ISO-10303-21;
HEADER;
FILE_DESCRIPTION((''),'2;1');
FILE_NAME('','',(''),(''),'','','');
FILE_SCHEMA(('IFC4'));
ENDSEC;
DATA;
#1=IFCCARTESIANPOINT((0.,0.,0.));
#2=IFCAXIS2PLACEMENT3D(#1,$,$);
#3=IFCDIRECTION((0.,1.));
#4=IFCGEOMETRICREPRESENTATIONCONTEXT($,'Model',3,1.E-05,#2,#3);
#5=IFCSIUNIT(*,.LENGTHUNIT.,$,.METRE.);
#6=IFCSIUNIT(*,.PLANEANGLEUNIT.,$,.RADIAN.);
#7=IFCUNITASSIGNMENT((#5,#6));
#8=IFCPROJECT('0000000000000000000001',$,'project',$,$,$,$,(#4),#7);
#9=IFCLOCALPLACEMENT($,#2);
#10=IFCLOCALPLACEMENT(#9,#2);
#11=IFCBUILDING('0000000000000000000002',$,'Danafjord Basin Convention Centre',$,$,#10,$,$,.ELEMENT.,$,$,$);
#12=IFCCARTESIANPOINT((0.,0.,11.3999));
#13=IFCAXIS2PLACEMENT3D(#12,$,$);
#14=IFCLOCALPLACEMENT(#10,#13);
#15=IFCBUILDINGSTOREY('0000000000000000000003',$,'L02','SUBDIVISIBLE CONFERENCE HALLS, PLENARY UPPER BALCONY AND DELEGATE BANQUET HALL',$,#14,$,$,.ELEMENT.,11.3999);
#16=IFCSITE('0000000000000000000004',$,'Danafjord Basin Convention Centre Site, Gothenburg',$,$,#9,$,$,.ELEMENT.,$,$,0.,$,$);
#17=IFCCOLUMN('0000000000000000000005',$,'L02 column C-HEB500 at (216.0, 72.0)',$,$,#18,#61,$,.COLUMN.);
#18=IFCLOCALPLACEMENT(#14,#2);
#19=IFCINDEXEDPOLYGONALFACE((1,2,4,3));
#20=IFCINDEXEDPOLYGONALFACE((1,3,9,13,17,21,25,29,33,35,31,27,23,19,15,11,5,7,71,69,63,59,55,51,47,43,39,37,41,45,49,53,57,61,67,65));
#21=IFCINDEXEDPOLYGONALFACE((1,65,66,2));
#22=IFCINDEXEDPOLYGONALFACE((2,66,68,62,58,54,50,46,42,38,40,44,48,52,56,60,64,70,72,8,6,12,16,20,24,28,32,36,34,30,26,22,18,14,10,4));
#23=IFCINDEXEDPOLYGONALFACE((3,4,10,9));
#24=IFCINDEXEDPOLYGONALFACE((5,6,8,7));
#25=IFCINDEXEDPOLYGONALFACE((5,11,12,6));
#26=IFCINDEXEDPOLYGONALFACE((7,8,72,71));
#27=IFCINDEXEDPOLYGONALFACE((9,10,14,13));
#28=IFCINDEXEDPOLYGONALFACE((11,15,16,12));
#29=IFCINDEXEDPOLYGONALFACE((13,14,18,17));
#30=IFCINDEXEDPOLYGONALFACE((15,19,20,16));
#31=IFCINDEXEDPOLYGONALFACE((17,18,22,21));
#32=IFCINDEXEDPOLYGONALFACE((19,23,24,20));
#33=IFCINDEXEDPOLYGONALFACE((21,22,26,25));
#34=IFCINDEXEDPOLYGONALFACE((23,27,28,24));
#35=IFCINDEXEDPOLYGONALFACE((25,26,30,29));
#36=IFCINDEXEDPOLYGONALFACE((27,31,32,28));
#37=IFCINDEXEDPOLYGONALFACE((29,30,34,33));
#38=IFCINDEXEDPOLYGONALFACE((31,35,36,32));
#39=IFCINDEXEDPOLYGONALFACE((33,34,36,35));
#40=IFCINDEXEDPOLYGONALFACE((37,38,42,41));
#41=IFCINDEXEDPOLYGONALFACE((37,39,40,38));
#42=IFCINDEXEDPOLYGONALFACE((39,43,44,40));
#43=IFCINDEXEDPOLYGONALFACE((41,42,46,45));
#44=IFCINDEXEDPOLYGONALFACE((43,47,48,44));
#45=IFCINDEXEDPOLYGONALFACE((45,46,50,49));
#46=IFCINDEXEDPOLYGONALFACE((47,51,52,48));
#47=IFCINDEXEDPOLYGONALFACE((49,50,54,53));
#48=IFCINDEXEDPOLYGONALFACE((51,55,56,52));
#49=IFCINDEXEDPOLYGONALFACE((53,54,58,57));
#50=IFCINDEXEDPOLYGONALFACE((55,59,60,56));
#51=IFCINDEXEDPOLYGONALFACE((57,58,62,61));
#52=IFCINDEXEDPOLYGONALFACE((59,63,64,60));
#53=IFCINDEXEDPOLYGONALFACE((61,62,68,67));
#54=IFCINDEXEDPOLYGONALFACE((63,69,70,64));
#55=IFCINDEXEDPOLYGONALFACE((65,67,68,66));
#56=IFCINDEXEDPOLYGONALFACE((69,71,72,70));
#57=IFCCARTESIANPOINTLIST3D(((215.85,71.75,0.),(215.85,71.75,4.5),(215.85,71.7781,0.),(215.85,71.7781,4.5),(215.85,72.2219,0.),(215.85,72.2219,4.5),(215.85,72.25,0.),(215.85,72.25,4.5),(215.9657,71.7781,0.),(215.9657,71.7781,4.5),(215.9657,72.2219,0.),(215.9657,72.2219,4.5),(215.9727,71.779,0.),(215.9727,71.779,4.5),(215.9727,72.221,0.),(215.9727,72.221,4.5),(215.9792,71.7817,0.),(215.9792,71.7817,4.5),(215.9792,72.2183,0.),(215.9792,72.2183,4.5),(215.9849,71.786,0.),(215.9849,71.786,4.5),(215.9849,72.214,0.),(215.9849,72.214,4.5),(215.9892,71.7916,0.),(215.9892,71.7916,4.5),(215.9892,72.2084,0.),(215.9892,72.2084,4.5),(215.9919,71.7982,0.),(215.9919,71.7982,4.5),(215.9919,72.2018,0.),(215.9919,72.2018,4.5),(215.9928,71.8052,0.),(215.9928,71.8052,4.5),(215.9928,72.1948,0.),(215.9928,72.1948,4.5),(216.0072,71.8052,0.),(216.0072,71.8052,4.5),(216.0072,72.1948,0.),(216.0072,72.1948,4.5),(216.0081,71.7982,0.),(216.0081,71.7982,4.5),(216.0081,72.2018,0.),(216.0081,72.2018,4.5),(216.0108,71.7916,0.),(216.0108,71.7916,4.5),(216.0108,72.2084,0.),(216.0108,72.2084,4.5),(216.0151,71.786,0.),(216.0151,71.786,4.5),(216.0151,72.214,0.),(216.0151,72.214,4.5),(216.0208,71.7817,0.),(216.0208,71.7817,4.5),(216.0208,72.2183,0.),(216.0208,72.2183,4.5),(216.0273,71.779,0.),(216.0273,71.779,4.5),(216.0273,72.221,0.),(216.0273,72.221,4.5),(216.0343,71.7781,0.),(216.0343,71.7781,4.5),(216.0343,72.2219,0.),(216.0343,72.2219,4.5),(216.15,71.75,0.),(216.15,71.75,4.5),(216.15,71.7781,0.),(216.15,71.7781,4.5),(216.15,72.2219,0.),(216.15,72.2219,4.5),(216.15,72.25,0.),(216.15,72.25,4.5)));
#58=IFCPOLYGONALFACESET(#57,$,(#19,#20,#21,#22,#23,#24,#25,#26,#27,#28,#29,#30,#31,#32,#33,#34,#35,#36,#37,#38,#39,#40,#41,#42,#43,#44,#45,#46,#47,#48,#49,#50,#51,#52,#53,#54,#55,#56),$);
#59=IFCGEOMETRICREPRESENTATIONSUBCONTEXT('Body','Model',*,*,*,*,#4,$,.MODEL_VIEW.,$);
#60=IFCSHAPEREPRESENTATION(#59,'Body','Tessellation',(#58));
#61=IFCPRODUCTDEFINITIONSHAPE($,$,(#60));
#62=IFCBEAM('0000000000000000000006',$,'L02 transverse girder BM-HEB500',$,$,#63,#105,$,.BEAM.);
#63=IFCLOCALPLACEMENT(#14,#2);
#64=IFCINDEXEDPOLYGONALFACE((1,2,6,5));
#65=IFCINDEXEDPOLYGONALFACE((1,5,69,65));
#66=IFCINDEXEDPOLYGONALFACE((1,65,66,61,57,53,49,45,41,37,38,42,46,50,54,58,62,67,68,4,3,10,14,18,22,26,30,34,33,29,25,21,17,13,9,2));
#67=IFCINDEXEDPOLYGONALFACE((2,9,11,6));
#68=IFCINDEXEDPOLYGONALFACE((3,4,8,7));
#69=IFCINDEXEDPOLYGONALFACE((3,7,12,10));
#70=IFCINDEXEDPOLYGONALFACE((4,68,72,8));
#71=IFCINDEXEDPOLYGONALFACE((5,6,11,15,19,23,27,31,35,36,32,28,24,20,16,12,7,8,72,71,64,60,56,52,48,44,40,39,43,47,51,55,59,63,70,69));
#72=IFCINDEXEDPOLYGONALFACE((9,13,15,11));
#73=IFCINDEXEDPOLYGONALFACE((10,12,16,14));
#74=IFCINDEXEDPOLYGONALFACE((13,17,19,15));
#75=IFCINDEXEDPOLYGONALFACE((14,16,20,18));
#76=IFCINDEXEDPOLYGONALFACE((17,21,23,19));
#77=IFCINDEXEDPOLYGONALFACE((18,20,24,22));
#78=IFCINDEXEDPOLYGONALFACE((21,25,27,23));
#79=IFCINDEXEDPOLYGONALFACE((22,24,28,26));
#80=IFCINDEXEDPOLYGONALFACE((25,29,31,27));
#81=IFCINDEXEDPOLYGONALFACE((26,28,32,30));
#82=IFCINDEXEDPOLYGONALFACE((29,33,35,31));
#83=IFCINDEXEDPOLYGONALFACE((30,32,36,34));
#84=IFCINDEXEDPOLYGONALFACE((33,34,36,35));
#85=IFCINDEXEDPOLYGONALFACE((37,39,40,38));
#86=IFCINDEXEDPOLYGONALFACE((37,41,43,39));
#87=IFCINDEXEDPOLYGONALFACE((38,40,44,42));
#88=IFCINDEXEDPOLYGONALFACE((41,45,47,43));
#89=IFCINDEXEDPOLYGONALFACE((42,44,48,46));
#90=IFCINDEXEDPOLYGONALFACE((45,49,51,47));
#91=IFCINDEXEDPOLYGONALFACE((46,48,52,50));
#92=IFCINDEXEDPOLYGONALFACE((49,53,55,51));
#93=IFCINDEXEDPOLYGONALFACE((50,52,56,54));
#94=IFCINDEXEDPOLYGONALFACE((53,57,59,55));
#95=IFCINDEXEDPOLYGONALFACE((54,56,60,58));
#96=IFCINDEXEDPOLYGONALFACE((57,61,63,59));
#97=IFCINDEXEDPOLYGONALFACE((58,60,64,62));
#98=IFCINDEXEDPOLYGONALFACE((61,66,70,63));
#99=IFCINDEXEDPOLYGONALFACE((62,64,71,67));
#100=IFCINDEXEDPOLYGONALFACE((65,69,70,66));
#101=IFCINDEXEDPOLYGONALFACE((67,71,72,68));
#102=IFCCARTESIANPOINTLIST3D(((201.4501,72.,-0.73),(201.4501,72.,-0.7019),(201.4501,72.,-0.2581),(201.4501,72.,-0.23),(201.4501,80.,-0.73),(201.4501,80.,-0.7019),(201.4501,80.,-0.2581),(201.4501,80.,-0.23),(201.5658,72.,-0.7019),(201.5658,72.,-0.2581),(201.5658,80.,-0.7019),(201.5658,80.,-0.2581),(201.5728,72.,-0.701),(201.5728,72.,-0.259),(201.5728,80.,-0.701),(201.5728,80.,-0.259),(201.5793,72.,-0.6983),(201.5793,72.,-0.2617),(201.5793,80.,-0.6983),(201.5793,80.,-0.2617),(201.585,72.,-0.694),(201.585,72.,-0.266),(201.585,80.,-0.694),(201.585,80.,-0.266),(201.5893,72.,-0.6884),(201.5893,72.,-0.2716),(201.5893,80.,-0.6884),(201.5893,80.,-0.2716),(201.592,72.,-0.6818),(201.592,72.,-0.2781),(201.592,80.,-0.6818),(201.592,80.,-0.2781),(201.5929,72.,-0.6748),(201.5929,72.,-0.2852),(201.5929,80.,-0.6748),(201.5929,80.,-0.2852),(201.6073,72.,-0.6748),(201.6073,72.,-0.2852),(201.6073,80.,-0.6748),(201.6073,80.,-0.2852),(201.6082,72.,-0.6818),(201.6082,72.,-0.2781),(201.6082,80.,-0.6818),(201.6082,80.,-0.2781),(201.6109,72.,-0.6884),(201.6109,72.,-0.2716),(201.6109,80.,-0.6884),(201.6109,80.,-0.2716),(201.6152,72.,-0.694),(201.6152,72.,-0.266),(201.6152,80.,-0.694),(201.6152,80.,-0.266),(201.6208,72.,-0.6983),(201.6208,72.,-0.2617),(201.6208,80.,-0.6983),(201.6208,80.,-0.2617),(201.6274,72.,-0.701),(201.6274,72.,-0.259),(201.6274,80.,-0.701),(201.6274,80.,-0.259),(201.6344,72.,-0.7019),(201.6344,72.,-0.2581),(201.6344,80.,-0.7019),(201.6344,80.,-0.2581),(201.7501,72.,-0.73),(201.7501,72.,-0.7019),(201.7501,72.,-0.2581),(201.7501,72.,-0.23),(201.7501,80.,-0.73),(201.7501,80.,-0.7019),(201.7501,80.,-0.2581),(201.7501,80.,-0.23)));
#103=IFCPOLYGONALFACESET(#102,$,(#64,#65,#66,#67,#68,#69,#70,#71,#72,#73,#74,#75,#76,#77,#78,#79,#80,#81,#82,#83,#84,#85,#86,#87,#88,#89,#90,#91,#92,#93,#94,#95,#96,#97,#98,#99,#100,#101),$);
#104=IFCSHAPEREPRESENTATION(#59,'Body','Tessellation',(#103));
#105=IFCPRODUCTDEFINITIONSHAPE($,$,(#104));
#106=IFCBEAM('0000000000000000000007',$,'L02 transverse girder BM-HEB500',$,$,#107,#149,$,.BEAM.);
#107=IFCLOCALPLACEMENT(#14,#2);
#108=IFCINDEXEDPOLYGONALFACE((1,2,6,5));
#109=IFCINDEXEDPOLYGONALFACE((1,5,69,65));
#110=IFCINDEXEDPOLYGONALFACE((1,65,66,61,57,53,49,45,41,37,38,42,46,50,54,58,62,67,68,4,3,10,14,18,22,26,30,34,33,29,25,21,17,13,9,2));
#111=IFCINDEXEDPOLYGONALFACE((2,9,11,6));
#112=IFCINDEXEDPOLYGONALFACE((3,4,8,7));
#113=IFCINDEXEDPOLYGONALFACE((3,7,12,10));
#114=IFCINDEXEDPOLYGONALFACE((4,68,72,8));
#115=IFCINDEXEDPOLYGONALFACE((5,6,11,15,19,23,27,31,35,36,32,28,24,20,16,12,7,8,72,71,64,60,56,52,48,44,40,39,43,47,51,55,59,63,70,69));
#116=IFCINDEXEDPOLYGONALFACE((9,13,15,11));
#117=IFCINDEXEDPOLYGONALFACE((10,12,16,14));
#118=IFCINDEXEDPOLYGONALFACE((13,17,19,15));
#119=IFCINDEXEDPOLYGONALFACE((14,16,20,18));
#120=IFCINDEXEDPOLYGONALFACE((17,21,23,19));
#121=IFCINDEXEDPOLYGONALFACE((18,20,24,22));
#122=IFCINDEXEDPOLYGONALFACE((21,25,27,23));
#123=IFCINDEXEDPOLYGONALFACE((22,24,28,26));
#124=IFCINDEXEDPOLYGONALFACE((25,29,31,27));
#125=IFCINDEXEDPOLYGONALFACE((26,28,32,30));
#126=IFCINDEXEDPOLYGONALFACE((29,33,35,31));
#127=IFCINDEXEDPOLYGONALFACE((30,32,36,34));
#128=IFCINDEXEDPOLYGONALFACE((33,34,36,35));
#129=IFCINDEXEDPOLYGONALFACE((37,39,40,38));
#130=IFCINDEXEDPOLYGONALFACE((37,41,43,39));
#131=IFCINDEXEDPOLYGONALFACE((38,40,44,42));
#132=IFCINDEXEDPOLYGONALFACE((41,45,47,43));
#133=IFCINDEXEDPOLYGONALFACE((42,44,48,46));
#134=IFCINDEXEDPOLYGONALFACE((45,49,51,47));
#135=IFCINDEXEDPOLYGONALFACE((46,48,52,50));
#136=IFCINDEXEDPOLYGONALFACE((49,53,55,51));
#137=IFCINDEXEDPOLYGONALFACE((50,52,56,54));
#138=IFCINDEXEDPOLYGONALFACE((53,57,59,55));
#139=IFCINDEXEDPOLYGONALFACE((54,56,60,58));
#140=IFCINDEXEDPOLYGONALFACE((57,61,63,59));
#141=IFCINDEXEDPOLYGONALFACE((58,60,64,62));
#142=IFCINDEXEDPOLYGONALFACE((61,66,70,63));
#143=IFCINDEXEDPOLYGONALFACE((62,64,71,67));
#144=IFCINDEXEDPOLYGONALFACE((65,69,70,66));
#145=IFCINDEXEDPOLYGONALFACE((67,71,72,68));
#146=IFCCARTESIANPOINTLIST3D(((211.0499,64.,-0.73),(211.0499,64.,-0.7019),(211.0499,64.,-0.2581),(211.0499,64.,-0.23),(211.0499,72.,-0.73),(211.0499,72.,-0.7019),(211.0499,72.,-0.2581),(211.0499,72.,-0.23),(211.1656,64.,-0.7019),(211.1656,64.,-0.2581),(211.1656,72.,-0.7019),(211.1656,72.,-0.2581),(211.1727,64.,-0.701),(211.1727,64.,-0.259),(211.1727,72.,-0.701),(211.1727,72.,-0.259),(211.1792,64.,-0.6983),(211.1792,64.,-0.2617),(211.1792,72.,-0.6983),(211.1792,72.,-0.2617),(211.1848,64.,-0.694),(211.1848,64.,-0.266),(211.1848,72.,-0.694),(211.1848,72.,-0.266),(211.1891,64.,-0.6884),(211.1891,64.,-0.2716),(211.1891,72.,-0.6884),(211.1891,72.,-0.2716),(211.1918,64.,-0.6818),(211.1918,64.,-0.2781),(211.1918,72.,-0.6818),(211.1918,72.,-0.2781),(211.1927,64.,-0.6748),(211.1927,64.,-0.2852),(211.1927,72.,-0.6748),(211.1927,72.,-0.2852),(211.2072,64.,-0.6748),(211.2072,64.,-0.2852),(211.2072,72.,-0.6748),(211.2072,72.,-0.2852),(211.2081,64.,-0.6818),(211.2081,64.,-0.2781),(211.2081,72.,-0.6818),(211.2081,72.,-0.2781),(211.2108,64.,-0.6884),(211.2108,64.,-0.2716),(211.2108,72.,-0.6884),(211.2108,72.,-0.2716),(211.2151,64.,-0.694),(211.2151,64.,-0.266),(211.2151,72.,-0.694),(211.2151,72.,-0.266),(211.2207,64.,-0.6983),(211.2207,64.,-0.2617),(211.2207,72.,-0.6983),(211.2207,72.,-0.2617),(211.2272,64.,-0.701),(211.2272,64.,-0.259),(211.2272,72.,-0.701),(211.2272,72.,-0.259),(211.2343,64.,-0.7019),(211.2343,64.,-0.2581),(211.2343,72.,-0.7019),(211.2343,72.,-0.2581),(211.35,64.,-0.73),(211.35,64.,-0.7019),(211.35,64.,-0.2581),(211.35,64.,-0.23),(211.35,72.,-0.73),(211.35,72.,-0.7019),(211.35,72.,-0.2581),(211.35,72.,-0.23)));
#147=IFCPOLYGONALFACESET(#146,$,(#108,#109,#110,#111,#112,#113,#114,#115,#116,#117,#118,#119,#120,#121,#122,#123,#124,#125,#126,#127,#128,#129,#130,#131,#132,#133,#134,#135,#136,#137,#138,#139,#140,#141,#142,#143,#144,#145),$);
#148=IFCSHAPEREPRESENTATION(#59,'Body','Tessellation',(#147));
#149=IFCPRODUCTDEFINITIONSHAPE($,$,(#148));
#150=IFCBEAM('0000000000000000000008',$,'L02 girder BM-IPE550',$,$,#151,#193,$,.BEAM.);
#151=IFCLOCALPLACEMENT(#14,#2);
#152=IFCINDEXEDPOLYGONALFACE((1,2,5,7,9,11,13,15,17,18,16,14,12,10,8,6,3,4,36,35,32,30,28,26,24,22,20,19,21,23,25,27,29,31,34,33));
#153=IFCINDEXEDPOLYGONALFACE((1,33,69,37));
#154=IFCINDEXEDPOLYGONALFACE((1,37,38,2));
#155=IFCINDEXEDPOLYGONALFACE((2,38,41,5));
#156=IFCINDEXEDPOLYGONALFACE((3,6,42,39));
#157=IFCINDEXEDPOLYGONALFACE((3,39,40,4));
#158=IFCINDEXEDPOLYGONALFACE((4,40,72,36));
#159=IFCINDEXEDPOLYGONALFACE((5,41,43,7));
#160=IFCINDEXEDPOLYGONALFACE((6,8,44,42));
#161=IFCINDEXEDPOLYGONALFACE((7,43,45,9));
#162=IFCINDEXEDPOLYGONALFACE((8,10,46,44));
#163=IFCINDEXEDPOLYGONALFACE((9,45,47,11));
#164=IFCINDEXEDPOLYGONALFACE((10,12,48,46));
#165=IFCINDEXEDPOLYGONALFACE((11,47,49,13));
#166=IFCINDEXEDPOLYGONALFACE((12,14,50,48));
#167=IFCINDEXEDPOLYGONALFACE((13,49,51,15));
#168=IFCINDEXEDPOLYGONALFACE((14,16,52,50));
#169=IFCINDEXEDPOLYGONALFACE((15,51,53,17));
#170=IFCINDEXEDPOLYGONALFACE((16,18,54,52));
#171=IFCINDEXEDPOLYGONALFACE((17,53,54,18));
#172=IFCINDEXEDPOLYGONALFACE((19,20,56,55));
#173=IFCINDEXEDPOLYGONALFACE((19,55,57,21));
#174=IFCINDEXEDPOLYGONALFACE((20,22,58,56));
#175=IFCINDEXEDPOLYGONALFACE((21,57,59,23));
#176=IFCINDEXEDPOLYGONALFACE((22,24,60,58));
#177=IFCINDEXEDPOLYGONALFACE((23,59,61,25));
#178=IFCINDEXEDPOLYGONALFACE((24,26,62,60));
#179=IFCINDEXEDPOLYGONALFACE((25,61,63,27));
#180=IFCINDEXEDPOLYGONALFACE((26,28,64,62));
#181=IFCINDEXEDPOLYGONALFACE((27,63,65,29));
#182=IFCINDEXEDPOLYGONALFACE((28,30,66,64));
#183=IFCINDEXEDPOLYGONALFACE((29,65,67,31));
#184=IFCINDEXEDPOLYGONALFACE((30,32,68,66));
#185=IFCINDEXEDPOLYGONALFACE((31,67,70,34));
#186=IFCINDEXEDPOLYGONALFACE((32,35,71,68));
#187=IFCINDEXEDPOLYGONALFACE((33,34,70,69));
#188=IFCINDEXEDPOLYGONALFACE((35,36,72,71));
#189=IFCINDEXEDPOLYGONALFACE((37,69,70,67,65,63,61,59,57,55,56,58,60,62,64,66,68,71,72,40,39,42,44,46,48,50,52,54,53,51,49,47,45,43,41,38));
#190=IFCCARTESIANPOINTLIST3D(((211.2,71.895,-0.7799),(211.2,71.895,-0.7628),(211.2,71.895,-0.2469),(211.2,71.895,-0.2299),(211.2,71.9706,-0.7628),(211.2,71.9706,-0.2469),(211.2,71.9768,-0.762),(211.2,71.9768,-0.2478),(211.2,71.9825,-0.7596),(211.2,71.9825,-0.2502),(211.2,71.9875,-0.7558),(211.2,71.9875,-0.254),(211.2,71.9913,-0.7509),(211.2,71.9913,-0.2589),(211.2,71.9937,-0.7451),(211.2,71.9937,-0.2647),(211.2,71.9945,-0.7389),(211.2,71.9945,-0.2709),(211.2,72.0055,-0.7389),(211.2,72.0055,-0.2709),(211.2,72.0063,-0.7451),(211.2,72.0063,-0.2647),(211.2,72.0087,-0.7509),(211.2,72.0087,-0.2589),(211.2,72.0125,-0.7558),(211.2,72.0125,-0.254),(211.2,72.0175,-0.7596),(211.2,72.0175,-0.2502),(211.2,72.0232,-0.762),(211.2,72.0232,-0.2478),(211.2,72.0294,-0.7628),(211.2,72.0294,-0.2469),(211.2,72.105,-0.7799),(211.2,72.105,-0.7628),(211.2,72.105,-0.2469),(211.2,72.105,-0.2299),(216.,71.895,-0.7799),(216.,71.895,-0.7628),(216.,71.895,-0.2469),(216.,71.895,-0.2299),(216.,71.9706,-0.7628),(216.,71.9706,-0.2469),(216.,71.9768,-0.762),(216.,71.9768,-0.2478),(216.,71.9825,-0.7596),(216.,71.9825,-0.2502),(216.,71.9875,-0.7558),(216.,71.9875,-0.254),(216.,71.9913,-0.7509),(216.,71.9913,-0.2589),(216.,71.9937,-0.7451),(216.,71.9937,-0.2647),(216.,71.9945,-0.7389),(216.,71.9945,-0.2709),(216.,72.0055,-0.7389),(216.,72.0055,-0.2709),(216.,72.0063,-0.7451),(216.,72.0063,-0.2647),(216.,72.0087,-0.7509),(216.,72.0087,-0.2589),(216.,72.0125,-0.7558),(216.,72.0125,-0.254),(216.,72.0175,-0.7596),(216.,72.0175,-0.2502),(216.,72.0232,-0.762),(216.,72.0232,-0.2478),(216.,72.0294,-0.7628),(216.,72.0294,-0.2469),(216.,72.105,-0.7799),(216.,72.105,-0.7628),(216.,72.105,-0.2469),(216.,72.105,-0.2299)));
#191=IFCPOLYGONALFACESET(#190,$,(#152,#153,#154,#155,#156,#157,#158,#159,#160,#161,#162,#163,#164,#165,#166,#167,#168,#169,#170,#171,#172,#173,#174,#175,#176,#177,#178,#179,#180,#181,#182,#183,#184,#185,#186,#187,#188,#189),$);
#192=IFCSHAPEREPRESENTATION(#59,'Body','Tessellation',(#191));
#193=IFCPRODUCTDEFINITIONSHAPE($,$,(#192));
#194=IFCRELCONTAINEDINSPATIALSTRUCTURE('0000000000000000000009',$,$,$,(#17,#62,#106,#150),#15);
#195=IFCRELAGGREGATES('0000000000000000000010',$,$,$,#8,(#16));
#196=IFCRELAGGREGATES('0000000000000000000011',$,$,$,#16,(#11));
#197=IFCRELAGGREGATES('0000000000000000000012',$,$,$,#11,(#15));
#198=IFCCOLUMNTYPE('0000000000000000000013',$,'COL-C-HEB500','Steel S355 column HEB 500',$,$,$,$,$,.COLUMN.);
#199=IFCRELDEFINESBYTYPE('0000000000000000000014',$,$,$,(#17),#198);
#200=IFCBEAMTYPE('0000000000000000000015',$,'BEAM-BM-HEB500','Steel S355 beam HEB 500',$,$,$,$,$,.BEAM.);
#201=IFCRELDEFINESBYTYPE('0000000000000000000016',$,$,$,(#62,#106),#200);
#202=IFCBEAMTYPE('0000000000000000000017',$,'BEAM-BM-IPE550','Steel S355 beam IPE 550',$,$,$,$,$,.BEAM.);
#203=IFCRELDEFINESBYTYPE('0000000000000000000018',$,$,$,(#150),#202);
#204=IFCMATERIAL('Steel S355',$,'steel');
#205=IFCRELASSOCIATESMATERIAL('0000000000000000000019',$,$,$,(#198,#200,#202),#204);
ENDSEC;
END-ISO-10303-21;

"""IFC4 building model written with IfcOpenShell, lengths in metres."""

from ifc_helpers import new_model, si_unit, direction, frame, origin, origin_2d, place, context, subcontext, project, spatial, i_section, extrude, material, material_profile, profile_set, type_object, element, save


model = new_model("IFC4")

# Units and contexts
model_context = context("Model", 3, precision=1e-05, world=origin(), true_north=direction((0.0, 1.0)))
body_context = subcontext(model_context, "Body", "Model", "MODEL_VIEW")
ifc_project = project(units=[si_unit("LENGTHUNIT", "METRE"), si_unit("PLANEANGLEUNIT", "RADIAN")], contexts=[model_context])

# Site, building, storey
site_placement = place(None, origin())
site = spatial("IfcSite", under=ifc_project, at=site_placement, Name="Danafjord Basin Convention Centre Site, Gothenburg", CompositionType="ELEMENT", RefElevation=0.0)
building_placement = place(site_placement, origin())
building = spatial("IfcBuilding", under=site, at=building_placement, Name="Danafjord Basin Convention Centre", CompositionType="ELEMENT")
storey_placement = place(building_placement, frame((0.0, 0.0, 11.3999)))
storey = spatial("IfcBuildingStorey", under=building, at=storey_placement, Name="L02", Description="SUBDIVISIBLE CONFERENCE HALLS, PLENARY UPPER BALCONY AND DELEGATE BANQUET HALL", CompositionType="ELEMENT", Elevation=11.3999)

# Column
ifc_material_1 = material(Name="Steel S355", Category="steel")
ifc_material_profile_1 = material_profile(ifc_material_1, i_section(OverallWidth=0.3, OverallDepth=0.5, WebThickness=0.0144, FlangeThickness=0.0281, FilletRadius=0.0271, at=origin_2d()), Name="HEB 500")
ifc_profile_set_1 = profile_set([ifc_material_profile_1], Name="Steel S355")
column_type_1 = type_object("IfcColumnType", Name="COL-C-HEB500", Description="Steel S355 column HEB 500", PredefinedType="COLUMN", material=ifc_profile_set_1)
column_1_placement = place(storey_placement, frame((216.0, 72.0, 0.0), z_axis=(0.0, 0.0, 1.0), x_axis=(1.0, 0.0, 0.0)))
element("IfcColumn", 1, at=column_1_placement, inside=storey, type_object=column_type_1, Name="L02 column C-HEB500 at (216.0, 72.0)", PredefinedType="COLUMN", context=body_context, shape_type="SweptSolid", body=[
    extrude(i_section(OverallWidth=0.3, OverallDepth=0.5, WebThickness=0.0144, FlangeThickness=0.0281, FilletRadius=0.0271, at=origin_2d()), origin(), (0.0, 0.0, 1.0), 4.5),
])

# Beams
ifc_material_profile_2 = material_profile(ifc_material_1, i_section(OverallWidth=0.3, OverallDepth=0.5, WebThickness=0.0144, FlangeThickness=0.0281, FilletRadius=0.0271, at=origin_2d()), Name="HEB 500")
ifc_profile_set_2 = profile_set([ifc_material_profile_2], Name="Steel S355")
beam_type_1 = type_object("IfcBeamType", Name="BEAM-BM-HEB500", Description="Steel S355 beam HEB 500", PredefinedType="BEAM", material=ifc_profile_set_2)
for number, where, z_axis, x_axis, name in (
    (2, (201.6001, 72.0, -0.48), (0.0, 1.0, 0.0), (-1.0, 0.0, 0.0), "L02 transverse girder BM-HEB500"),
    (3, (211.2, 64.0, -0.48), (0.0, 1.0, 0.0), (-1.0, 0.0, 0.0), "L02 transverse girder BM-HEB500"),
):
    element("IfcBeam", number, at=place(storey_placement, frame(where, z_axis=z_axis, x_axis=x_axis)), inside=storey, type_object=beam_type_1, Name=name, PredefinedType="BEAM", context=body_context, shape_type="SweptSolid", body=[
        extrude(i_section(OverallWidth=0.3, OverallDepth=0.5, WebThickness=0.0144, FlangeThickness=0.0281, FilletRadius=0.0271, at=origin_2d()), origin(), (0.0, 0.0, 1.0), 8.0),
    ])
ifc_material_profile_3 = material_profile(ifc_material_1, i_section(OverallWidth=0.21, OverallDepth=0.55, WebThickness=0.011, FlangeThickness=0.0171, FilletRadius=0.0239, at=origin_2d()), Name="IPE 550")
ifc_profile_set_3 = profile_set([ifc_material_profile_3], Name="Steel S355")
beam_type_2 = type_object("IfcBeamType", Name="BEAM-BM-IPE550", Description="Steel S355 beam IPE 550", PredefinedType="BEAM", material=ifc_profile_set_3)
beam_1_placement = place(storey_placement, frame((211.2, 72.0, -0.5049), z_axis=(1.0, 0.0, 0.0), x_axis=(0.0, 1.0, 0.0)))
element("IfcBeam", 4, at=beam_1_placement, inside=storey, type_object=beam_type_2, Name="L02 girder BM-IPE550", PredefinedType="BEAM", context=body_context, shape_type="SweptSolid", body=[
    extrude(i_section(OverallWidth=0.21, OverallDepth=0.55, WebThickness=0.011, FlangeThickness=0.0171, FilletRadius=0.0239, at=origin_2d()), origin(), (0.0, 0.0, 1.0), 4.8),
])

save(model, "model.ifc")
